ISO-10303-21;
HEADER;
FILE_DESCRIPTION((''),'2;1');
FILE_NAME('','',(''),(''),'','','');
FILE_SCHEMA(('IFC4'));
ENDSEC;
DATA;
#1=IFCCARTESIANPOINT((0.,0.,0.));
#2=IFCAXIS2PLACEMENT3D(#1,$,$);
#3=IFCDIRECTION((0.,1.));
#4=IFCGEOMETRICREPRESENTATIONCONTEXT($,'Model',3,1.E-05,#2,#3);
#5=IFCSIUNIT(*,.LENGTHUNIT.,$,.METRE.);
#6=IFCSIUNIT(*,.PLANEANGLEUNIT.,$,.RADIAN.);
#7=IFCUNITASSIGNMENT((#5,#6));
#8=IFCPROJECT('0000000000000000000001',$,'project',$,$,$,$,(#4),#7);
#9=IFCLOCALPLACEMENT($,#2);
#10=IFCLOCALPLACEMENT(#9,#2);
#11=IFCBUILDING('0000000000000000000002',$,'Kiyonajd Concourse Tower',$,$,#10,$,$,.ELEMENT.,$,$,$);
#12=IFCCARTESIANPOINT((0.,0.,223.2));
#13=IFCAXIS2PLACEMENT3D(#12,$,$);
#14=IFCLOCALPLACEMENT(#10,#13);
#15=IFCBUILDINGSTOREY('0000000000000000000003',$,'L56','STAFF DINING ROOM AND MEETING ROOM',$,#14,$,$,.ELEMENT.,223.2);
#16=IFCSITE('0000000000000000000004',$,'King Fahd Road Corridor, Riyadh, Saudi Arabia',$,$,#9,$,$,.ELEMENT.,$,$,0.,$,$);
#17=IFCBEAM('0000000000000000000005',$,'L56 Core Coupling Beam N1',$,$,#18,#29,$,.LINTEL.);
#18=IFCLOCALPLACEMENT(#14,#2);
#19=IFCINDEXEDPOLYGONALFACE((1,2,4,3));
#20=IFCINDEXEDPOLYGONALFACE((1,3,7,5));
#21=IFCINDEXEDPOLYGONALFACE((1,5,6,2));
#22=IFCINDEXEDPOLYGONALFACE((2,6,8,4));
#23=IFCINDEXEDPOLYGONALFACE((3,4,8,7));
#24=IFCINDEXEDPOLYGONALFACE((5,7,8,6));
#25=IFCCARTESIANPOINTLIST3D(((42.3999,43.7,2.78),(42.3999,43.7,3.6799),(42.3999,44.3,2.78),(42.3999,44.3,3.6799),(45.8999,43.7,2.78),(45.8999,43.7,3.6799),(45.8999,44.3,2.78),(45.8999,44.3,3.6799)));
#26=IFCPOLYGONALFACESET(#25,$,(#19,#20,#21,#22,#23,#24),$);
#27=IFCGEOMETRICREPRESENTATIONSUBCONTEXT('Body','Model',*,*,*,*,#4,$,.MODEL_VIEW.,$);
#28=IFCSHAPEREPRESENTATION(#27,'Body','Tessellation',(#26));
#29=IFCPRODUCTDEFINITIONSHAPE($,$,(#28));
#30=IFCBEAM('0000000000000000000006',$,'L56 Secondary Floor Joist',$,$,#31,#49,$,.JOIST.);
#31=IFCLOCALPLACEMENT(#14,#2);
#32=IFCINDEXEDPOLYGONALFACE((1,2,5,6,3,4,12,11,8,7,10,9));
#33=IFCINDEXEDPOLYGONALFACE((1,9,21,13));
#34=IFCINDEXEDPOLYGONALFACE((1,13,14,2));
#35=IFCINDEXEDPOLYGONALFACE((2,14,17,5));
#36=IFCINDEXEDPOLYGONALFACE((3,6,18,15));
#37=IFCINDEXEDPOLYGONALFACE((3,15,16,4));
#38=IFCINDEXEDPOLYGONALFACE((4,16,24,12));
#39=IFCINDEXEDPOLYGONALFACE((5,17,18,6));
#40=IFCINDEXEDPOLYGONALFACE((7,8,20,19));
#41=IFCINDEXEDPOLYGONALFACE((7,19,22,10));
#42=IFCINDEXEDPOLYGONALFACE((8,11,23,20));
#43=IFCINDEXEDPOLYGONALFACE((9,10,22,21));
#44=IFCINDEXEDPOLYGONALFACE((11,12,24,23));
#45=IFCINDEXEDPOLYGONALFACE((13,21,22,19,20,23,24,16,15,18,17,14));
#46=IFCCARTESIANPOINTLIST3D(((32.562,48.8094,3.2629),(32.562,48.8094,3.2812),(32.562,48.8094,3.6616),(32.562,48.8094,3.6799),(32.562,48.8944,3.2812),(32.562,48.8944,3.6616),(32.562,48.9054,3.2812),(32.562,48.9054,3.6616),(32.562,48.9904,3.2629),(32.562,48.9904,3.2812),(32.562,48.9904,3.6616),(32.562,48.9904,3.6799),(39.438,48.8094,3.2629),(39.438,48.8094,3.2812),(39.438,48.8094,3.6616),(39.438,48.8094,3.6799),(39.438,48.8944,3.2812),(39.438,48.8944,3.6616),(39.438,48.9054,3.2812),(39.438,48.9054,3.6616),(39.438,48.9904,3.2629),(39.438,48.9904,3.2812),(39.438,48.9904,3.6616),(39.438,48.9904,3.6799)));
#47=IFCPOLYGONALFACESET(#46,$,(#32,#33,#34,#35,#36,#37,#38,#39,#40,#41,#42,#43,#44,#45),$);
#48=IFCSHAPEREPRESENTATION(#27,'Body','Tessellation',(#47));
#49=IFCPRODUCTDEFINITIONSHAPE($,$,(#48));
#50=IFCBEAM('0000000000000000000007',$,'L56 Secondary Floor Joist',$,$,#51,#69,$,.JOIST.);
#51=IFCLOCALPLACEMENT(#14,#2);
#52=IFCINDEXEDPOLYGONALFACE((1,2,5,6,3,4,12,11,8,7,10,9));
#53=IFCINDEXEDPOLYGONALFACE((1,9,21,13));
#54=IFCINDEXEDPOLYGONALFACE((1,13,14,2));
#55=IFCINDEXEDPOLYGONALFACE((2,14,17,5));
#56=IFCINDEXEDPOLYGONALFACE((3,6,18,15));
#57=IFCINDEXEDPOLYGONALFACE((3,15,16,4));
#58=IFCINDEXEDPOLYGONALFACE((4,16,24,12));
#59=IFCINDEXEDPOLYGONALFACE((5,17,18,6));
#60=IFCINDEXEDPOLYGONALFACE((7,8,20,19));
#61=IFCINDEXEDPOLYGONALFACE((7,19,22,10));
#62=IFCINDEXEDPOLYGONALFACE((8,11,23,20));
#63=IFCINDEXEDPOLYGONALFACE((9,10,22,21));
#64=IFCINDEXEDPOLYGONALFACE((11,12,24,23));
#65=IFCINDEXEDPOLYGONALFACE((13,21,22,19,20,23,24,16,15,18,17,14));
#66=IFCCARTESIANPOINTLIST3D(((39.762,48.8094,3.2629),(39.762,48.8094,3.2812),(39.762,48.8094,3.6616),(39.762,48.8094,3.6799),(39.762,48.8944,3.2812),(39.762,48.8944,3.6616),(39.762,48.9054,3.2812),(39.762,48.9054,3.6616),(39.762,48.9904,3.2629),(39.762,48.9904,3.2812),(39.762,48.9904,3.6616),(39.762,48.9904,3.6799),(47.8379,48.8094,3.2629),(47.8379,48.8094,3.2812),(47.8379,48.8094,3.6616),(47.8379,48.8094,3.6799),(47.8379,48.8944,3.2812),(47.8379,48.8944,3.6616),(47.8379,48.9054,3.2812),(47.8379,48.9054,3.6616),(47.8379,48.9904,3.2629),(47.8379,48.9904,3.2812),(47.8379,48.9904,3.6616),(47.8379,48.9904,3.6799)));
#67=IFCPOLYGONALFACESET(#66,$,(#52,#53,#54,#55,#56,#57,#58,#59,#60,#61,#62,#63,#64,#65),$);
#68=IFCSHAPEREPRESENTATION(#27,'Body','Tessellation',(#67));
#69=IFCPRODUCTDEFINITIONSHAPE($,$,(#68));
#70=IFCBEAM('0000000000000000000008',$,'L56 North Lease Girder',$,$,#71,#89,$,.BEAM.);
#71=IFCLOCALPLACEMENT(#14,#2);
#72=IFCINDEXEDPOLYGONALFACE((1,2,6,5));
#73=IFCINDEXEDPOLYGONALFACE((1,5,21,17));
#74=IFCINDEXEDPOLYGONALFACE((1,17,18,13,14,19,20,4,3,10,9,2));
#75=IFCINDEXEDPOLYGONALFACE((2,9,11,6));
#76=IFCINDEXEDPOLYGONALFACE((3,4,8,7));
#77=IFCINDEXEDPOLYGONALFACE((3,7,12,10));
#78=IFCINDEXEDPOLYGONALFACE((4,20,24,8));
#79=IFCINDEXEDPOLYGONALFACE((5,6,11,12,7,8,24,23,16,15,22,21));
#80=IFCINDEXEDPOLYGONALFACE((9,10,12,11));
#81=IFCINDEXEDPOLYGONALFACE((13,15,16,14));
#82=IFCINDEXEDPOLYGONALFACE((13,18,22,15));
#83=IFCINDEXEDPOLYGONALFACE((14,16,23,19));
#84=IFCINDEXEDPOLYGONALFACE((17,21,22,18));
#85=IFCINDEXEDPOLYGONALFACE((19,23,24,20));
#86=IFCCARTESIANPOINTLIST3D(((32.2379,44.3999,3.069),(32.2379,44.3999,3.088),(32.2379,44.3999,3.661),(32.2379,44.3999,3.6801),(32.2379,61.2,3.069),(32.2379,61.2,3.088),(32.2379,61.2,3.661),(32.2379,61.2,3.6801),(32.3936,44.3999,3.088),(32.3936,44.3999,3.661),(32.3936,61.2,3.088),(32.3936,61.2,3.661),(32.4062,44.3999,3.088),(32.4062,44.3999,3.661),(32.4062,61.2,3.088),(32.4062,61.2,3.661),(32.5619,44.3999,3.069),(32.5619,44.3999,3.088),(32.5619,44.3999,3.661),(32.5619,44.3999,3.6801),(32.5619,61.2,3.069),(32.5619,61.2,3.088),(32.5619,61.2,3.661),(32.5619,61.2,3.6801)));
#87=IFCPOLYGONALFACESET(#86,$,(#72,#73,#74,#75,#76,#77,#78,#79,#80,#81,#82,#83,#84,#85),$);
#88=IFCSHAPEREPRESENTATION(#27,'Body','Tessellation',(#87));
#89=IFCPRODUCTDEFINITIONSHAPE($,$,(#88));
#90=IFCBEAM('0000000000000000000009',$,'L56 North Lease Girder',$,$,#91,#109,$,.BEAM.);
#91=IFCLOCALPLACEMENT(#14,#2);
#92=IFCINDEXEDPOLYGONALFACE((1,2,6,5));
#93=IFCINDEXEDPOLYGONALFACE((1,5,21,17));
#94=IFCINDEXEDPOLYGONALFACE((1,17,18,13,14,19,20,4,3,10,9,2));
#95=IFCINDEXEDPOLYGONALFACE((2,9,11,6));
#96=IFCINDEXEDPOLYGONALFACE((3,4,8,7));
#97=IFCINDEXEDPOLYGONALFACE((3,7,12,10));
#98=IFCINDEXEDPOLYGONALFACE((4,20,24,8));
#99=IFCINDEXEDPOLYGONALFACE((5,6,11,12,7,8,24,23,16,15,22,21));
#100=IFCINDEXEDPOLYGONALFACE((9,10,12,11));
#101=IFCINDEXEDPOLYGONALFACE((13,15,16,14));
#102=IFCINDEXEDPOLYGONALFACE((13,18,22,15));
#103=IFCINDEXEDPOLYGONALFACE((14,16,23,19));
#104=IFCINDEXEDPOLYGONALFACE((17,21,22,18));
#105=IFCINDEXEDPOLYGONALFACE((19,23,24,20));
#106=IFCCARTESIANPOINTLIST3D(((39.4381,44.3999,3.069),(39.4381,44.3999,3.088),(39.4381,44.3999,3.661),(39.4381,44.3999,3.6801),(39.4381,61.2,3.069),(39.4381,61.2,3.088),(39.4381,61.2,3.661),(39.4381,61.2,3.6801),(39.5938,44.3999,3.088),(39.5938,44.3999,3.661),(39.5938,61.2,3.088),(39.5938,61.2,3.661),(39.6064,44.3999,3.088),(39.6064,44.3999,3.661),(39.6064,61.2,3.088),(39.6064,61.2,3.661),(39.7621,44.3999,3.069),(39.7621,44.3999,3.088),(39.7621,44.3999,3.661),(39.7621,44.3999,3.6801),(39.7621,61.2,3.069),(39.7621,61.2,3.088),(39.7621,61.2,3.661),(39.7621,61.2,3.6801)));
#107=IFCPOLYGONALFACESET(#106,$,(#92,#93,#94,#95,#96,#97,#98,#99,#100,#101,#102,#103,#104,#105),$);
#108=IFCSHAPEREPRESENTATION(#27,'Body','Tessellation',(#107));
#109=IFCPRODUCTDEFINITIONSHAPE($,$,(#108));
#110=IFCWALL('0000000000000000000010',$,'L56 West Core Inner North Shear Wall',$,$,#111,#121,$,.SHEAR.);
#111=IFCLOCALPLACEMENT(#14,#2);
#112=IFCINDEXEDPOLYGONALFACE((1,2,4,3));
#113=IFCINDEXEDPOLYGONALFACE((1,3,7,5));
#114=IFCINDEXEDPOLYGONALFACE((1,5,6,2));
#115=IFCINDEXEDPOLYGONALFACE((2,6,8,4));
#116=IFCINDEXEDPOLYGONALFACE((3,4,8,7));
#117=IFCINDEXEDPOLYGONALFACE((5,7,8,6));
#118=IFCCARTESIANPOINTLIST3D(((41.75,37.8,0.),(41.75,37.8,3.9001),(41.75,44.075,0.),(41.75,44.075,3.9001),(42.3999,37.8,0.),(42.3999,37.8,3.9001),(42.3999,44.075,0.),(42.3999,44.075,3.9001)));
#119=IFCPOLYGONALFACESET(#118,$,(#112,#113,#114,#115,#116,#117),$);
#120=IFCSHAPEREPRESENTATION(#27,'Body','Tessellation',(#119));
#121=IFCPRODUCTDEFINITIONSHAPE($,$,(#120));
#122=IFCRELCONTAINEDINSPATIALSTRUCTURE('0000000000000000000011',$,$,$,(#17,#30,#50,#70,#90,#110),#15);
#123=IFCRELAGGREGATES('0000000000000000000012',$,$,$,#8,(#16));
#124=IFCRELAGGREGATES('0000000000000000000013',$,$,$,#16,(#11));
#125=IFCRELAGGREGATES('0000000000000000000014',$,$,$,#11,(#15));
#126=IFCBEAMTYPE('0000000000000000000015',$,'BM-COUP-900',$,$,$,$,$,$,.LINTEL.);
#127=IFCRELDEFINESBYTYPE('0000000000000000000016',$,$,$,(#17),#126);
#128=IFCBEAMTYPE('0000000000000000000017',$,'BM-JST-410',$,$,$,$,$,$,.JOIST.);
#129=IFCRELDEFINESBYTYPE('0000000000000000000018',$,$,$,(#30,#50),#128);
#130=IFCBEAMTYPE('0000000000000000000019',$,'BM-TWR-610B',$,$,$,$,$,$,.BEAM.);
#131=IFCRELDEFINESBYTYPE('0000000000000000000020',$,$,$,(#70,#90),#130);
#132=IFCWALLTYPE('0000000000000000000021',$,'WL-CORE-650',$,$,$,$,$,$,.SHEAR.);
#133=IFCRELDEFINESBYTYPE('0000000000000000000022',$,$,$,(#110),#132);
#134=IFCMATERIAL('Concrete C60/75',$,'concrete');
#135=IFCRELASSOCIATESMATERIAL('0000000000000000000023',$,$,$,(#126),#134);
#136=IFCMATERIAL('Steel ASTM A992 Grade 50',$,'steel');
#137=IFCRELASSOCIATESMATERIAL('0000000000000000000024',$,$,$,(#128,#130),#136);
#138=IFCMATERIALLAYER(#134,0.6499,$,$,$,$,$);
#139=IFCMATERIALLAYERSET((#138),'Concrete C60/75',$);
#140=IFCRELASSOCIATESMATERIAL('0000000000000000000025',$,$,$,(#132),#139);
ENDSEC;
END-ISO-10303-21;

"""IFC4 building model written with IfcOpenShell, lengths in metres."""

from ifc_helpers import new_model, si_unit, direction, frame, frame_2d, origin, origin_2d, place, context, subcontext, project, spatial, rectangle, i_section, extrude, material, layer, layer_set, material_profile, profile_set, type_object, element, save


model = new_model("IFC4")

# Units and contexts
model_context = context("Model", 3, precision=1e-05, world=origin(), true_north=direction((0.0, 1.0)))
body_context = subcontext(model_context, "Body", "Model", "MODEL_VIEW")
ifc_project = project(units=[si_unit("LENGTHUNIT", "METRE"), si_unit("PLANEANGLEUNIT", "RADIAN")], contexts=[model_context])

# Site, building, storey
site_placement = place(None, origin())
site = spatial("IfcSite", under=ifc_project, at=site_placement, Name="King Fahd Road Corridor, Riyadh, Saudi Arabia", CompositionType="ELEMENT", RefElevation=0.0)
building_placement = place(site_placement, origin())
building = spatial("IfcBuilding", under=site, at=building_placement, Name="Kiyonajd Concourse Tower", CompositionType="ELEMENT")
storey_placement = place(building_placement, frame((0.0, 0.0, 223.2)))
storey = spatial("IfcBuildingStorey", under=building, at=storey_placement, Name="L56", Description="STAFF DINING ROOM AND MEETING ROOM", CompositionType="ELEMENT", Elevation=223.2)

# Beams
ifc_material_1 = material(Name="Concrete C60/75", Category="concrete")
ifc_material_profile_1 = material_profile(ifc_material_1, rectangle(XDim=0.6001, YDim=0.8999, at=origin_2d()), Name="RCBM-600x900")
ifc_profile_set_1 = profile_set([ifc_material_profile_1], Name="Concrete C60/75")
beam_type_1 = type_object("IfcBeamType", Name="BM-COUP-900", PredefinedType="LINTEL", material=ifc_profile_set_1)
beam_1_placement = place(storey_placement, frame((42.3999, 44.0, 3.23), z_axis=(1.0, 0.0, 0.0), x_axis=(0.0, 1.0, 0.0)))
element("IfcBeam", 1, at=beam_1_placement, inside=storey, type_object=beam_type_1, Name="L56 Core Coupling Beam N1", PredefinedType="LINTEL", context=body_context, shape_type="SweptSolid", body=[
    extrude(rectangle(XDim=0.6001, YDim=0.8999, at=origin_2d()), origin(), (0.0, 0.0, 1.0), 3.5),
])
ifc_material_2 = material(Name="Steel ASTM A992 Grade 50", Category="steel")
ifc_material_profile_2 = material_profile(ifc_material_2, i_section(OverallWidth=0.1809, OverallDepth=0.417, WebThickness=0.011, FlangeThickness=0.0183, at=origin_2d()), Name="W410X85")
ifc_profile_set_2 = profile_set([ifc_material_profile_2], Name="Steel ASTM A992 Grade 50")
beam_type_2 = type_object("IfcBeamType", Name="BM-JST-410", PredefinedType="JOIST", material=ifc_profile_set_2)
beam_2_placement = place(storey_placement, frame((32.562, 48.8999, 3.4714), z_axis=(1.0, 0.0, 0.0), x_axis=(0.0, 1.0, 0.0)))
element("IfcBeam", 2, at=beam_2_placement, inside=storey, type_object=beam_type_2, Name="L56 Secondary Floor Joist", PredefinedType="JOIST", context=body_context, shape_type="SweptSolid", body=[
    extrude(i_section(OverallWidth=0.1809, OverallDepth=0.417, WebThickness=0.011, FlangeThickness=0.0183, at=origin_2d()), origin(), (0.0, 0.0, 1.0), 6.876),
])
beam_3_placement = place(storey_placement, frame((39.762, 48.8999, 3.4714), z_axis=(1.0, 0.0, 0.0), x_axis=(0.0, 1.0, 0.0)))
element("IfcBeam", 3, at=beam_3_placement, inside=storey, type_object=beam_type_2, Name="L56 Secondary Floor Joist", PredefinedType="JOIST", context=body_context, shape_type="SweptSolid", body=[
    extrude(i_section(OverallWidth=0.1809, OverallDepth=0.417, WebThickness=0.011, FlangeThickness=0.0183, at=origin_2d()), origin(), (0.0, 0.0, 1.0), 8.0759),
])
ifc_material_profile_3 = material_profile(ifc_material_2, i_section(OverallWidth=0.324, OverallDepth=0.6111, WebThickness=0.0127, FlangeThickness=0.019, at=origin_2d()), Name="W610X155")
ifc_profile_set_3 = profile_set([ifc_material_profile_3], Name="Steel ASTM A992 Grade 50")
beam_type_3 = type_object("IfcBeamType", Name="BM-TWR-610B", PredefinedType="BEAM", material=ifc_profile_set_3)
for number, where, z_axis, x_axis, name in (
    (4, (32.3999, 44.3999, 3.3745), (0.0, 1.0, 0.0), (-1.0, 0.0, 0.0), "L56 North Lease Girder"),
    (5, (39.6001, 44.3999, 3.3745), (0.0, 1.0, 0.0), (-1.0, 0.0, 0.0), "L56 North Lease Girder"),
):
    element("IfcBeam", number, at=place(storey_placement, frame(where, z_axis=z_axis, x_axis=x_axis)), inside=storey, type_object=beam_type_3, Name=name, PredefinedType="BEAM", context=body_context, shape_type="SweptSolid", body=[
        extrude(i_section(OverallWidth=0.324, OverallDepth=0.6111, WebThickness=0.0127, FlangeThickness=0.019, at=origin_2d()), origin(), (0.0, 0.0, 1.0), 16.8),
    ])

# Wall
ifc_layer_1 = layer(ifc_material_1, 0.6499)
ifc_layer_set_1 = layer_set([ifc_layer_1], Name="Concrete C60/75")
wall_type_1 = type_object("IfcWallType", Name="WL-CORE-650", PredefinedType="SHEAR", material=ifc_layer_set_1)
wall_1_placement = place(storey_placement, frame((42.075, 37.8, 0.0), z_axis=(0.0, 0.0, 1.0), x_axis=(0.0, 1.0, 0.0)))
element("IfcWall", 6, at=wall_1_placement, inside=storey, type_object=wall_type_1, Name="L56 West Core Inner North Shear Wall", PredefinedType="SHEAR", context=body_context, shape_type="SweptSolid", body=[
    extrude(rectangle(XDim=6.2749, YDim=0.6499, at=frame_2d((3.1375, 0.0))), origin(), (0.0, 0.0, 1.0), 3.9001),
])

save(model, "model.ifc")
